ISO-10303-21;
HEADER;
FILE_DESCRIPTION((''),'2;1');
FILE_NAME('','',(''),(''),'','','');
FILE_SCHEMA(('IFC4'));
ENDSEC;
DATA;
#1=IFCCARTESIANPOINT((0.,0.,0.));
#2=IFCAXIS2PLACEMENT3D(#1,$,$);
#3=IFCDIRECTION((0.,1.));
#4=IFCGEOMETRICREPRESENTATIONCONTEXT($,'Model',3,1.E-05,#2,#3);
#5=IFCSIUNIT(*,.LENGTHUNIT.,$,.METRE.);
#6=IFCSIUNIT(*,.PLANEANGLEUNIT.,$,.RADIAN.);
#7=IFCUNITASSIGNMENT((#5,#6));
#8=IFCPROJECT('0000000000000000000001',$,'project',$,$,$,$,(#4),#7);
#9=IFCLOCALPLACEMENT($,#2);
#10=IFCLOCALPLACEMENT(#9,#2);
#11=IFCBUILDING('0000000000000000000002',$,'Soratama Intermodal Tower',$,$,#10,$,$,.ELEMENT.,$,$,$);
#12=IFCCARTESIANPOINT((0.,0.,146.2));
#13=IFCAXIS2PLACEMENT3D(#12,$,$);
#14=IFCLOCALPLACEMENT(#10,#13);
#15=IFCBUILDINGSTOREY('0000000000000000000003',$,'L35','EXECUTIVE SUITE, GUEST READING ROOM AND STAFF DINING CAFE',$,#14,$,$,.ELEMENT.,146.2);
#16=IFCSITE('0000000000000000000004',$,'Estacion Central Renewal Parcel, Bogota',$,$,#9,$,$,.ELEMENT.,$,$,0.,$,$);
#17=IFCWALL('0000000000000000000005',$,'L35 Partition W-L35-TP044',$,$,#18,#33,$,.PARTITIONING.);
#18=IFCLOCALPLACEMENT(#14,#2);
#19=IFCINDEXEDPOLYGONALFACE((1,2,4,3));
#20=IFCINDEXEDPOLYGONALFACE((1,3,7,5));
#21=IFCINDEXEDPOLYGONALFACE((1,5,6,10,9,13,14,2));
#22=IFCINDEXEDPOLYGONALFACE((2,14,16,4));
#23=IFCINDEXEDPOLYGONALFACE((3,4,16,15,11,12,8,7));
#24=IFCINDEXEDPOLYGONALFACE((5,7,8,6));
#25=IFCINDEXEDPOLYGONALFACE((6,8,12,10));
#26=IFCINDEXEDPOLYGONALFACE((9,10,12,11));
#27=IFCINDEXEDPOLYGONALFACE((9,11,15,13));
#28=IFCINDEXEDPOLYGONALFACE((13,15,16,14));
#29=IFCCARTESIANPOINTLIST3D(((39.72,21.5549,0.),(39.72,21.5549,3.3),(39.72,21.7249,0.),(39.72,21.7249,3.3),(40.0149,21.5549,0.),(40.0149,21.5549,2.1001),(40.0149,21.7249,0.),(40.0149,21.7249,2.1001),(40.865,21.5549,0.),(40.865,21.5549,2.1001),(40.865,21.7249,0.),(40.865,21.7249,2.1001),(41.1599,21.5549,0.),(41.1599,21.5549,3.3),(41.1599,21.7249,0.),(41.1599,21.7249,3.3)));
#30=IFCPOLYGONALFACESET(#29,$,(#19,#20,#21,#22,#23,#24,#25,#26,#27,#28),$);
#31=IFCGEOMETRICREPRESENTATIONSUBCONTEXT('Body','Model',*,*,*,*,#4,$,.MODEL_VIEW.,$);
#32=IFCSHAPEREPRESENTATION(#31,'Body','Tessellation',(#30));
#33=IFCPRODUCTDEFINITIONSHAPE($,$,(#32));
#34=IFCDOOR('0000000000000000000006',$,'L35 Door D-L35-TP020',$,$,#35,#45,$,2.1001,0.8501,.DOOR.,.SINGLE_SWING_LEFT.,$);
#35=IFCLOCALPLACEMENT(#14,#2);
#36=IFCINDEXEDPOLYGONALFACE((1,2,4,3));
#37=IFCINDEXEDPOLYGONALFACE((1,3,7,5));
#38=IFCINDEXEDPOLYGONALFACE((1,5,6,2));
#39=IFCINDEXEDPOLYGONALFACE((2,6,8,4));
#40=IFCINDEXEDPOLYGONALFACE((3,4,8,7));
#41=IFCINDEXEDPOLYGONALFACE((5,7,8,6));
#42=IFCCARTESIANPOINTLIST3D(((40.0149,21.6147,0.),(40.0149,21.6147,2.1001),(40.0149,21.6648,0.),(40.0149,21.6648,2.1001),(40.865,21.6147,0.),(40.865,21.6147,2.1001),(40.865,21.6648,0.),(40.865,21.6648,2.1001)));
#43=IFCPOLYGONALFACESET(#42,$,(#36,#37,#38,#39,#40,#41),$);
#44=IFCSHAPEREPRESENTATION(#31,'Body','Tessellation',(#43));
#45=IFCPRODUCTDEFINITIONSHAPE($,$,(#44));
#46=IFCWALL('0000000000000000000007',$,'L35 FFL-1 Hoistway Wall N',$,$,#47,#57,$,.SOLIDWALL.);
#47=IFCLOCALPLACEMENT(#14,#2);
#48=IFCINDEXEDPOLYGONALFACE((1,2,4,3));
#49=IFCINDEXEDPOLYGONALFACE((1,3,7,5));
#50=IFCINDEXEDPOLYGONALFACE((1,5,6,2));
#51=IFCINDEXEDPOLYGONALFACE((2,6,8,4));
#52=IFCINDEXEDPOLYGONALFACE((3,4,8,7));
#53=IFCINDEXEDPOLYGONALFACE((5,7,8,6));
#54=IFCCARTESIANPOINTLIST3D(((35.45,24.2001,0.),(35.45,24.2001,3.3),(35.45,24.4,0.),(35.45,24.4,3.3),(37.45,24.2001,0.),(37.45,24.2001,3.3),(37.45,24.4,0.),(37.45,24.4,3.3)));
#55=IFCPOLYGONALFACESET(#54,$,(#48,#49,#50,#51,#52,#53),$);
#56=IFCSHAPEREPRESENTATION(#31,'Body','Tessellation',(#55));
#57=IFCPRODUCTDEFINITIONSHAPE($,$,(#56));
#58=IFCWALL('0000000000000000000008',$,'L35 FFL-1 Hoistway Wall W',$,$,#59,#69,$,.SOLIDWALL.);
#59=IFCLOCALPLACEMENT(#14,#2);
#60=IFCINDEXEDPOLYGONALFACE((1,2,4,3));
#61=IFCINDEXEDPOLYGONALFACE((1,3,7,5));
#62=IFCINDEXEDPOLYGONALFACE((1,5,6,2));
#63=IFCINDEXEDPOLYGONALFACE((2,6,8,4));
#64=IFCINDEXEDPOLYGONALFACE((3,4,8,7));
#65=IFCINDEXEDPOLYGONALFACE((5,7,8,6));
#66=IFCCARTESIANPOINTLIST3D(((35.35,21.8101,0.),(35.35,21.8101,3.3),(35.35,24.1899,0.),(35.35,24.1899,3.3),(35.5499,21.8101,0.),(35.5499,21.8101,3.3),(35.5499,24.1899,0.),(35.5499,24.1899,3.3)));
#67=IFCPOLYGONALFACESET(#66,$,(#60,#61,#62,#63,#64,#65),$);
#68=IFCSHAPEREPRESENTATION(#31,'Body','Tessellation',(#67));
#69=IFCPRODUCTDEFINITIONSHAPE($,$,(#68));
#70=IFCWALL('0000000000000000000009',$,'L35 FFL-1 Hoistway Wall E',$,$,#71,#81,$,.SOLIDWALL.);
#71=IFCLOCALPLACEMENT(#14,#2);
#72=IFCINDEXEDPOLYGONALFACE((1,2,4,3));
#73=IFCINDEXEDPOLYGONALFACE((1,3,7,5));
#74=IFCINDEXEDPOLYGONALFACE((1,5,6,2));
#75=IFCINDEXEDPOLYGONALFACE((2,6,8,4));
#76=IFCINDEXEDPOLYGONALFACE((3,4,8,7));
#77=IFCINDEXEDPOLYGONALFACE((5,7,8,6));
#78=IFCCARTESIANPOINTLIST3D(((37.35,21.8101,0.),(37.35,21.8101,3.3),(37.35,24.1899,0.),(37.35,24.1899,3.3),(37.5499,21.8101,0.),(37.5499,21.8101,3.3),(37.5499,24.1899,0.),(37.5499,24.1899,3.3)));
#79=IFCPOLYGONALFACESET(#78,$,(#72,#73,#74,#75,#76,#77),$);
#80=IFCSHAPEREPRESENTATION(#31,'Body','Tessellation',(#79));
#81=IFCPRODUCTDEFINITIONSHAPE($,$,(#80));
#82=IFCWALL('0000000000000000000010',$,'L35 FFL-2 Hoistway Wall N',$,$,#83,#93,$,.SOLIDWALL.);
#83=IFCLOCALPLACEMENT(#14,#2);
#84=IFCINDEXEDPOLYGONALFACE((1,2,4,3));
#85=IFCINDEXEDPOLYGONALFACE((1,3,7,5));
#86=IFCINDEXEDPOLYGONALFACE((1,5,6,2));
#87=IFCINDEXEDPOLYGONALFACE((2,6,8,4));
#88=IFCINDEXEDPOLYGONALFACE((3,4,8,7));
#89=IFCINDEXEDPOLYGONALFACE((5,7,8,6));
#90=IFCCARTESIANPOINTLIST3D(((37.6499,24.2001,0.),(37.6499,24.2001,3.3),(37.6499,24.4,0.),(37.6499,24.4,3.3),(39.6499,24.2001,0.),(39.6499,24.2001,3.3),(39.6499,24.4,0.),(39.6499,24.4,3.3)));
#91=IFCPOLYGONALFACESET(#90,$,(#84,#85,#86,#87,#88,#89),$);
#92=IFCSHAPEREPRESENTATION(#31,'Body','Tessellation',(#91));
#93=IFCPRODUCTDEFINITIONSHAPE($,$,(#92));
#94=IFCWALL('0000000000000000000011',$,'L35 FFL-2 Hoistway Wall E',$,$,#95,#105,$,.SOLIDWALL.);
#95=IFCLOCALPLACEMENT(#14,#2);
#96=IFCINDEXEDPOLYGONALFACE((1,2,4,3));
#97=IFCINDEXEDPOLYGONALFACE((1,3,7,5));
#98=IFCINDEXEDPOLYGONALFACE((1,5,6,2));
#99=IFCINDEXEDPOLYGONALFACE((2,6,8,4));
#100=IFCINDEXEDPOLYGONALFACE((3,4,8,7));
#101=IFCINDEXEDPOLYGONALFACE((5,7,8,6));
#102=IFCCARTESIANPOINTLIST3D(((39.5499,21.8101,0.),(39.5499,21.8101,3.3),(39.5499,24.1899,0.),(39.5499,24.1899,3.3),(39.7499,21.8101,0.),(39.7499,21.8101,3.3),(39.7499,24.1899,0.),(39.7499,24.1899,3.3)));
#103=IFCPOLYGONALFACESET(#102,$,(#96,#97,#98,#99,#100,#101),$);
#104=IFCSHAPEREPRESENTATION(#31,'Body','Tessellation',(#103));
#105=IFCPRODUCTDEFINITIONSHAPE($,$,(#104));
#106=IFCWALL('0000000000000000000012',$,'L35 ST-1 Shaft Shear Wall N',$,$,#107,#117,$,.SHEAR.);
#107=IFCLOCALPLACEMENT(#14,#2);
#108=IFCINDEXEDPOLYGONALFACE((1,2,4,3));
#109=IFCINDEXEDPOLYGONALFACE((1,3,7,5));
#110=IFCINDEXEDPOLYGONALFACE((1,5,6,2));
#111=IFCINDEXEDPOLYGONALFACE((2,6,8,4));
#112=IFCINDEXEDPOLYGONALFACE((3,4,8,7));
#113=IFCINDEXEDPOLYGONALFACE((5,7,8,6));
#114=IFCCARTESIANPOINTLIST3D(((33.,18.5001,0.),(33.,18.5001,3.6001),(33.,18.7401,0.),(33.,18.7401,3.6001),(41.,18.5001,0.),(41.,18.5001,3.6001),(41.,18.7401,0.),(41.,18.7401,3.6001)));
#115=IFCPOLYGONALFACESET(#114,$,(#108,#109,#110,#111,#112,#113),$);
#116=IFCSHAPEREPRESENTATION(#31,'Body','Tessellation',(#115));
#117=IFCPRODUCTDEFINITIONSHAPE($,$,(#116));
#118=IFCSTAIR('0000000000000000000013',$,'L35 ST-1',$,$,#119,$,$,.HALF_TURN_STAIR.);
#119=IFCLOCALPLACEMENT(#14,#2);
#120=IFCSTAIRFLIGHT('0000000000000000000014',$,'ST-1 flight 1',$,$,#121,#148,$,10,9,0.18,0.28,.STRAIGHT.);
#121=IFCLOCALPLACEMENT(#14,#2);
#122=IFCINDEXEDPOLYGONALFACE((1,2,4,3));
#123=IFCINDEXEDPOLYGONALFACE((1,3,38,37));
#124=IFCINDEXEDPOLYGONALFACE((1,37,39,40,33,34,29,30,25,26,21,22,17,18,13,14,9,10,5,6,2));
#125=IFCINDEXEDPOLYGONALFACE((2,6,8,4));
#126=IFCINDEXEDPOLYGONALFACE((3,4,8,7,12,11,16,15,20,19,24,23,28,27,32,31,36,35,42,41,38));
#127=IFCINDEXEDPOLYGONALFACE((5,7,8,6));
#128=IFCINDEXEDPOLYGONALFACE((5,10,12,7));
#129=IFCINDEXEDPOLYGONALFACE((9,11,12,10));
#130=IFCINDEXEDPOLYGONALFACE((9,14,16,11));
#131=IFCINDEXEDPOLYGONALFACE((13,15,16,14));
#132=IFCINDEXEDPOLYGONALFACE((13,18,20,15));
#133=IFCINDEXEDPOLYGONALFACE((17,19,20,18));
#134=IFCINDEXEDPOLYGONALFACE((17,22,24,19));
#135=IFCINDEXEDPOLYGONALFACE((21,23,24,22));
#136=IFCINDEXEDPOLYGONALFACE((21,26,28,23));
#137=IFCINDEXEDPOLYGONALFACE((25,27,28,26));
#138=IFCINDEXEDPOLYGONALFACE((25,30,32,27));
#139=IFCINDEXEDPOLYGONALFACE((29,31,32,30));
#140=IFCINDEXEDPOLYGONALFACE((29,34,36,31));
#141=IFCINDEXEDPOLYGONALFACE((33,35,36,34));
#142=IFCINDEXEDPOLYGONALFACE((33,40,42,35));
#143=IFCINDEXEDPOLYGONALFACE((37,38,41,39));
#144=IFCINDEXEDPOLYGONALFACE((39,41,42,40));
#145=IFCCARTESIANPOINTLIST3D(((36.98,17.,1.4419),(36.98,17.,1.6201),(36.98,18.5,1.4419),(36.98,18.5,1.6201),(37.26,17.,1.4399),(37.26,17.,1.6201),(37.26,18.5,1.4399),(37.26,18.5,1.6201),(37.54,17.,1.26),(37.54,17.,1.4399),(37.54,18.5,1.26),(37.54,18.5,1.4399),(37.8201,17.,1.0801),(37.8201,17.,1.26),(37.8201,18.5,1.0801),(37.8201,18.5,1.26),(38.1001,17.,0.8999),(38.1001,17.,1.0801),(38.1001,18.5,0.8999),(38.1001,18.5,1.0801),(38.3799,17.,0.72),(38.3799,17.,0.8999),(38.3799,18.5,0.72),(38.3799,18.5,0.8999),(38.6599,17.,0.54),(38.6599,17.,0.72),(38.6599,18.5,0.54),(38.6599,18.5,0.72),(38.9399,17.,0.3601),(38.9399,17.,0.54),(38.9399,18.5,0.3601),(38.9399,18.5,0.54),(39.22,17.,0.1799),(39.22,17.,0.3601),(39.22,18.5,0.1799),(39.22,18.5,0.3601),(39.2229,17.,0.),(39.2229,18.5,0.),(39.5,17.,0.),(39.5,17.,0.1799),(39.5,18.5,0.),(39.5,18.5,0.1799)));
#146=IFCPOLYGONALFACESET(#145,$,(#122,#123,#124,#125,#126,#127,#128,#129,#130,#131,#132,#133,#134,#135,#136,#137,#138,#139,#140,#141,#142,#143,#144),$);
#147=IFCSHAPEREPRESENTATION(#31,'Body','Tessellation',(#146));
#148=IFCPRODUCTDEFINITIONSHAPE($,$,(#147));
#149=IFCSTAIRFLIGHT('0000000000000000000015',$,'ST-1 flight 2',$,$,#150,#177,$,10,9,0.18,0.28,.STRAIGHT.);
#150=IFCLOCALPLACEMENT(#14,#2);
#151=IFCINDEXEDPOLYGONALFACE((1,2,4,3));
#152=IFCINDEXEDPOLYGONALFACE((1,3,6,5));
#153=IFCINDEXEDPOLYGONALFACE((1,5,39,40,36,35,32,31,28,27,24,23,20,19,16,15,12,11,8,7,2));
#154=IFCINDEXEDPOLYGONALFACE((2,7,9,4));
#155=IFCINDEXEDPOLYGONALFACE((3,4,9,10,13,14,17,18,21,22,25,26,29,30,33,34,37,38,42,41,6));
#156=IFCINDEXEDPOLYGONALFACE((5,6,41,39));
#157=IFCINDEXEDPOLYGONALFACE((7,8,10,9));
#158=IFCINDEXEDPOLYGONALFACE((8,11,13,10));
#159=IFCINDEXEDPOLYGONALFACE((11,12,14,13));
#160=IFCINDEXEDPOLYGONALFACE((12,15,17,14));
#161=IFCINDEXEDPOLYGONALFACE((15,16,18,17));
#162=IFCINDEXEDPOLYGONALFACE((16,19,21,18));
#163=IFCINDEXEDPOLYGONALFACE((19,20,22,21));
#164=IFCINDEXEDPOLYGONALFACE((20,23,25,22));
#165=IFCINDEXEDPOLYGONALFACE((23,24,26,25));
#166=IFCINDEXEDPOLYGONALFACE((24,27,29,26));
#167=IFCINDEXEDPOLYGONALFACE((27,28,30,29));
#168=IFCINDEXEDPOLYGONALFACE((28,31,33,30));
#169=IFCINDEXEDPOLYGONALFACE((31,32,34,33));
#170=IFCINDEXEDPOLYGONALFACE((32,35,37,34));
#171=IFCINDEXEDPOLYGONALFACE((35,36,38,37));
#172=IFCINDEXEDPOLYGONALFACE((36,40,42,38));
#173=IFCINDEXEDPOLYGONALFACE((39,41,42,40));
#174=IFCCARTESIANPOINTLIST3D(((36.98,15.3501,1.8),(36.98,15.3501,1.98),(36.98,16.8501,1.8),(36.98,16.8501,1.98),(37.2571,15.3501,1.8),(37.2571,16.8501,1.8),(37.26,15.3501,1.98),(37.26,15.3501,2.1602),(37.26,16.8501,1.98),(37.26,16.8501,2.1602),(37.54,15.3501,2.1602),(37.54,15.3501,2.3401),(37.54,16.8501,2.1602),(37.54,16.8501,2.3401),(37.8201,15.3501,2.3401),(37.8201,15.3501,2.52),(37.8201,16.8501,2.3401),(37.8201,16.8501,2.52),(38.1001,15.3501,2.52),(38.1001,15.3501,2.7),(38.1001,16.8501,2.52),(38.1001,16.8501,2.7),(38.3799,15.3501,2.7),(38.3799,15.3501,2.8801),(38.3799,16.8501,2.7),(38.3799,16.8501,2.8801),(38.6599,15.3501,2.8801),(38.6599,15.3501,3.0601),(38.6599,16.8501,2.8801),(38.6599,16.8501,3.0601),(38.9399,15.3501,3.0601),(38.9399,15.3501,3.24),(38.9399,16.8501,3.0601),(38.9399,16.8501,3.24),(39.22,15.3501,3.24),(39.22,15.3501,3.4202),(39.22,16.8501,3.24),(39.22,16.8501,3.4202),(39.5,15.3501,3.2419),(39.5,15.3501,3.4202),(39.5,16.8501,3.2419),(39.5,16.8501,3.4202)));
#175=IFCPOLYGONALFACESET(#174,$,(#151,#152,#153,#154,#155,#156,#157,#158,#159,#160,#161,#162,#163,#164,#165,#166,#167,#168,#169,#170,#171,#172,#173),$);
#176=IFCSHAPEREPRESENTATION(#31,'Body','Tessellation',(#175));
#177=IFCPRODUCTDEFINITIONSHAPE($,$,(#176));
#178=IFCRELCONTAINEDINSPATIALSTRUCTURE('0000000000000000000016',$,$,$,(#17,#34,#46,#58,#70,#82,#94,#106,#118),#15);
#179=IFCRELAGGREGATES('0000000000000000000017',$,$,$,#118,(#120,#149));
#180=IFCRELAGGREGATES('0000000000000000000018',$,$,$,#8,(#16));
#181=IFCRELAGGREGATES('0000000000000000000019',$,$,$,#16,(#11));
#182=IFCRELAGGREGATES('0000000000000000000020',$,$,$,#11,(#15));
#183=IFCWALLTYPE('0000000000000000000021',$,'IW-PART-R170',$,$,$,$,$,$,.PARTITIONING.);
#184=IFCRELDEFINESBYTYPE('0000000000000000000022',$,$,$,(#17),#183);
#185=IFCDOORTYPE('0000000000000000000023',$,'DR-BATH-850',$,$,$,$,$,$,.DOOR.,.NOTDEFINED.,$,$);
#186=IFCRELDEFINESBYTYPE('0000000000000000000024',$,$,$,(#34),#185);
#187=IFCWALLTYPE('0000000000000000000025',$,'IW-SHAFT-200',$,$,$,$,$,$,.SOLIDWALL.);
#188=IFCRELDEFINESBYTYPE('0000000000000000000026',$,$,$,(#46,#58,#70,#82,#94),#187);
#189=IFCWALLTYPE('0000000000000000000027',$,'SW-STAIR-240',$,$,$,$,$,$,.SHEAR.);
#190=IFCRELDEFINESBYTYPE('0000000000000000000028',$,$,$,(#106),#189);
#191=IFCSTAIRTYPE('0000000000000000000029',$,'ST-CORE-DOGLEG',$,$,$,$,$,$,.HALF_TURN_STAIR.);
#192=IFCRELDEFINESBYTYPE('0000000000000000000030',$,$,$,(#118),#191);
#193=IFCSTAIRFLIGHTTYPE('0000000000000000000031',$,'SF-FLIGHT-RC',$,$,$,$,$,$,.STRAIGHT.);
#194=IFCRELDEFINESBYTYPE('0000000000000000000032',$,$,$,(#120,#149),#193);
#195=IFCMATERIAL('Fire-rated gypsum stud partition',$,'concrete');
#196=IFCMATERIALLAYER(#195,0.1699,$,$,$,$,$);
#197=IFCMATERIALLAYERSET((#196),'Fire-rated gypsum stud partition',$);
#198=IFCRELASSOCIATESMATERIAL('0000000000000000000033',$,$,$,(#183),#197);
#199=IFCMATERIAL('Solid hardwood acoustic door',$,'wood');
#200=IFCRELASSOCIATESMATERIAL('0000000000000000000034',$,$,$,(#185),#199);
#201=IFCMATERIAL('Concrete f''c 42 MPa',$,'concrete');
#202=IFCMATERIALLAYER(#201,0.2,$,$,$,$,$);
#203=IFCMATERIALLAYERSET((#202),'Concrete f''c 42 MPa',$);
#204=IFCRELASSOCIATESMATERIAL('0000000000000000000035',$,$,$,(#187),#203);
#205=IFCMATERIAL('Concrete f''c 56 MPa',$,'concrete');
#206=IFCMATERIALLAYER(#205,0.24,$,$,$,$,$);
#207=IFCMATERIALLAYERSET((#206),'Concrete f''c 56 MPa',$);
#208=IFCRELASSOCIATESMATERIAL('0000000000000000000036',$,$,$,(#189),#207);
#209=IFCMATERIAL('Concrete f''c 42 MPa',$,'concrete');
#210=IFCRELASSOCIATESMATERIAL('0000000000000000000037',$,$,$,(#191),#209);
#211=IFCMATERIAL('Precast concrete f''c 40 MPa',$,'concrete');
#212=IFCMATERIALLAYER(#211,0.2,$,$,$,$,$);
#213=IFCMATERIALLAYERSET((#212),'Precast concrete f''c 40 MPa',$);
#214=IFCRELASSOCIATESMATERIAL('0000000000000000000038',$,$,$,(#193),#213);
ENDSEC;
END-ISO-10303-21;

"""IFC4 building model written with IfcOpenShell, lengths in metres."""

from ifc_helpers import new_model, si_unit, direction, frame, frame_2d, origin, place, context, subcontext, project, spatial, polyline, rectangle, outline, extrude, material, layer, layer_set, type_object, element, fill, aggregate, save


model = new_model("IFC4")

# Units and contexts
model_context = context("Model", 3, precision=1e-05, world=origin(), true_north=direction((0.0, 1.0)))
body_context = subcontext(model_context, "Body", "Model", "MODEL_VIEW")
ifc_project = project(units=[si_unit("LENGTHUNIT", "METRE"), si_unit("PLANEANGLEUNIT", "RADIAN")], contexts=[model_context])

# Site, building, storey
site_placement = place(None, origin())
site = spatial("IfcSite", under=ifc_project, at=site_placement, Name="Estacion Central Renewal Parcel, Bogota", CompositionType="ELEMENT", RefElevation=0.0)
building_placement = place(site_placement, origin())
building = spatial("IfcBuilding", under=site, at=building_placement, Name="Soratama Intermodal Tower", CompositionType="ELEMENT")
storey_placement = place(building_placement, frame((0.0, 0.0, 146.2)))
storey = spatial("IfcBuildingStorey", under=building, at=storey_placement, Name="L35", Description="EXECUTIVE SUITE, GUEST READING ROOM AND STAFF DINING CAFE", CompositionType="ELEMENT", Elevation=146.2)

# Wall, opening, door
ifc_material_1 = material(Name="Fire-rated gypsum stud partition", Category="concrete")
ifc_layer_1 = layer(ifc_material_1, 0.1699)
ifc_layer_set_1 = layer_set([ifc_layer_1], Name="Fire-rated gypsum stud partition")
wall_type_1 = type_object("IfcWallType", Name="IW-PART-R170", PredefinedType="PARTITIONING", material=ifc_layer_set_1)
wall_1_placement = place(storey_placement, frame((39.72, 21.6399, 0.0), z_axis=(0.0, 0.0, 1.0), x_axis=(1.0, 0.0, 0.0)))
wall_1 = element("IfcWall", 1, at=wall_1_placement, inside=storey, type_object=wall_type_1, Name="L35 Partition W-L35-TP044", PredefinedType="PARTITIONING", context=body_context, shape_type="SweptSolid", body=[
    extrude(rectangle(XDim=1.4399, YDim=0.1699, at=frame_2d((0.72, 0.0))), origin(), (0.0, 0.0, 1.0), 3.3),
])
opening_1_placement = place(wall_1_placement, frame((0.2949, 0.0, 0.0)))
opening_1 = element("IfcOpeningElement", 2, at=opening_1_placement, cuts=wall_1, PredefinedType="OPENING", context=body_context, shape_type="SweptSolid", body=[
    extrude(rectangle(XDim=0.8501, YDim=2.1001, at=frame_2d((0.425, 1.05))), frame((0.0, 0.095, 0.0), z_axis=(0.0, -1.0, 0.0), x_axis=(1.0, 0.0, 0.0)), (0.0, 0.0, 1.0), 0.1899),
])
ifc_material_2 = material(Name="Solid hardwood acoustic door", Category="wood")
door_type_1 = type_object("IfcDoorType", Name="DR-BATH-850", OperationType="NOTDEFINED", PredefinedType="DOOR", material=ifc_material_2)
door_1_placement = place(opening_1_placement, origin())
door_1 = element("IfcDoor", 3, at=door_1_placement, inside=storey, type_object=door_type_1, Name="L35 Door D-L35-TP020", OperationType="SINGLE_SWING_LEFT", OverallHeight=2.1001, OverallWidth=0.8501, PredefinedType="DOOR", context=body_context, shape_type="SweptSolid", body=[
    extrude(rectangle(XDim=0.8501, YDim=2.1001, at=frame_2d((0.425, 1.05))), frame((0.0, 0.0249, 0.0), z_axis=(0.0, -1.0, 0.0), x_axis=(1.0, 0.0, 0.0)), (0.0, 0.0, 1.0), 0.05),
])
fill(opening_1, door_1)
ifc_material_3 = material(Name="Concrete f'c 42 MPa", Category="concrete")
ifc_layer_2 = layer(ifc_material_3, 0.2)
ifc_layer_set_2 = layer_set([ifc_layer_2], Name="Concrete f'c 42 MPa")
wall_type_2 = type_object("IfcWallType", Name="IW-SHAFT-200", PredefinedType="SOLIDWALL", material=ifc_layer_set_2)

# Walls
wall_2_placement = place(storey_placement, frame((35.45, 24.3, 0.0), z_axis=(0.0, 0.0, 1.0), x_axis=(1.0, 0.0, 0.0)))
element("IfcWall", 4, at=wall_2_placement, inside=storey, type_object=wall_type_2, Name="L35 FFL-1 Hoistway Wall N", PredefinedType="SOLIDWALL", context=body_context, shape_type="SweptSolid", body=[
    extrude(rectangle(XDim=2.0, YDim=0.2, at=frame_2d((1.0, 0.0))), origin(), (0.0, 0.0, 1.0), 3.3),
])
for number, where, z_axis, x_axis, name in (
    (5, (35.45, 21.8101, 0.0), (0.0, 0.0, 1.0), (0.0, 1.0, 0.0), "L35 FFL-1 Hoistway Wall W"),
    (6, (37.45, 21.8101, 0.0), (0.0, 0.0, 1.0), (0.0, 1.0, 0.0), "L35 FFL-1 Hoistway Wall E"),
):
    element("IfcWall", number, at=place(storey_placement, frame(where, z_axis=z_axis, x_axis=x_axis)), inside=storey, type_object=wall_type_2, Name=name, PredefinedType="SOLIDWALL", context=body_context, shape_type="SweptSolid", body=[
        extrude(rectangle(XDim=2.3799, YDim=0.2, at=frame_2d((1.1899, 0.0))), origin(), (0.0, 0.0, 1.0), 3.3),
    ])

# Walls
wall_3_placement = place(storey_placement, frame((37.6499, 24.3, 0.0), z_axis=(0.0, 0.0, 1.0), x_axis=(1.0, 0.0, 0.0)))
element("IfcWall", 7, at=wall_3_placement, inside=storey, type_object=wall_type_2, Name="L35 FFL-2 Hoistway Wall N", PredefinedType="SOLIDWALL", context=body_context, shape_type="SweptSolid", body=[
    extrude(rectangle(XDim=2.0, YDim=0.2, at=frame_2d((1.0, 0.0))), origin(), (0.0, 0.0, 1.0), 3.3),
])
wall_4_placement = place(storey_placement, frame((39.6499, 21.8101, 0.0), z_axis=(0.0, 0.0, 1.0), x_axis=(0.0, 1.0, 0.0)))
element("IfcWall", 8, at=wall_4_placement, inside=storey, type_object=wall_type_2, Name="L35 FFL-2 Hoistway Wall E", PredefinedType="SOLIDWALL", context=body_context, shape_type="SweptSolid", body=[
    extrude(rectangle(XDim=2.3799, YDim=0.2, at=frame_2d((1.1899, 0.0))), origin(), (0.0, 0.0, 1.0), 3.3),
])

# Wall
ifc_material_4 = material(Name="Concrete f'c 56 MPa", Category="concrete")
ifc_layer_3 = layer(ifc_material_4, 0.24)
ifc_layer_set_3 = layer_set([ifc_layer_3], Name="Concrete f'c 56 MPa")
wall_type_3 = type_object("IfcWallType", Name="SW-STAIR-240", PredefinedType="SHEAR", material=ifc_layer_set_3)
wall_5_placement = place(storey_placement, frame((33.0, 18.6201, 0.0), z_axis=(0.0, 0.0, 1.0), x_axis=(1.0, 0.0, 0.0)))
element("IfcWall", 9, at=wall_5_placement, inside=storey, type_object=wall_type_3, Name="L35 ST-1 Shaft Shear Wall N", PredefinedType="SHEAR", context=body_context, shape_type="SweptSolid", body=[
    extrude(rectangle(XDim=8.0, YDim=0.24, at=frame_2d((4.0, 0.0))), origin(), (0.0, 0.0, 1.0), 3.6001),
])

# Stair, stair flights
ifc_material_5 = material(Name="Concrete f'c 42 MPa", Category="concrete")
stair_type = type_object("IfcStairType", Name="ST-CORE-DOGLEG", PredefinedType="HALF_TURN_STAIR", material=ifc_material_5)
stair_placement = place(storey_placement, origin())
stair = element("IfcStair", 10, at=stair_placement, inside=storey, type_object=stair_type, Name="L35 ST-1", PredefinedType="HALF_TURN_STAIR")
ifc_material_6 = material(Name="Precast concrete f'c 40 MPa", Category="concrete")
ifc_layer_4 = layer(ifc_material_6, 0.2)
ifc_layer_set_4 = layer_set([ifc_layer_4], Name="Precast concrete f'c 40 MPa")
stair_flight_type = type_object("IfcStairFlightType", Name="SF-FLIGHT-RC", PredefinedType="STRAIGHT", material=ifc_layer_set_4)
stair_flight_1_placement = place(storey_placement, frame((39.5, 17.75, 0.0), z_axis=(0.0, 0.0, 1.0), x_axis=(-1.0, 0.0, 0.0)))
stair_flight_1 = element("IfcStairFlight", 11, at=stair_flight_1_placement, type_object=stair_flight_type, Name="ST-1 flight 1", NumberOfRisers=10, NumberOfTreads=9, PredefinedType="STRAIGHT", RiserHeight=0.18, TreadLength=0.28, context=body_context, shape_type="SweptSolid", body=[
    extrude(outline(polyline([(0.0, 0.0), (0.0, 0.1799), (0.28, 0.1799), (0.28, 0.3601), (0.5601, 0.3601), (0.5601, 0.54), (0.8401, 0.54), (0.8401, 0.72), (1.1201, 0.72), (1.1201, 0.8999), (1.3999, 0.8999), (1.3999, 1.0801), (1.6799, 1.0801), (1.6799, 1.26), (1.96, 1.26), (1.96, 1.4399), (2.24, 1.4399), (2.24, 1.6201), (2.52, 1.6201), (2.52, 1.8), (2.52, 1.4419), (0.2771, 0.0), (0.0, 0.0)])), frame((0.0, 0.75, 0.0), z_axis=(0.0, -1.0, 0.0), x_axis=(1.0, 0.0, 0.0)), (0.0, 0.0, 1.0), 1.5),
])
stair_flight_2_placement = place(storey_placement, frame((36.98, 16.1001, 1.8), z_axis=(0.0, 0.0, 1.0), x_axis=(1.0, 0.0, 0.0)))
stair_flight_2 = element("IfcStairFlight", 12, at=stair_flight_2_placement, type_object=stair_flight_type, Name="ST-1 flight 2", NumberOfRisers=10, NumberOfTreads=9, PredefinedType="STRAIGHT", RiserHeight=0.18, TreadLength=0.28, context=body_context, shape_type="SweptSolid", body=[
    extrude(outline(polyline([(0.0, 0.0), (0.0, 0.1799), (0.28, 0.1799), (0.28, 0.3601), (0.5601, 0.3601), (0.5601, 0.54), (0.8401, 0.54), (0.8401, 0.72), (1.1201, 0.72), (1.1201, 0.8999), (1.3999, 0.8999), (1.3999, 1.0801), (1.6799, 1.0801), (1.6799, 1.26), (1.96, 1.26), (1.96, 1.4399), (2.24, 1.4399), (2.24, 1.6201), (2.52, 1.6201), (2.52, 1.8), (2.52, 1.4419), (0.2771, 0.0), (0.0, 0.0)])), frame((0.0, 0.75, 0.0), z_axis=(0.0, -1.0, 0.0), x_axis=(1.0, 0.0, 0.0)), (0.0, 0.0, 1.0), 1.5),
])
aggregate(stair, [stair_flight_1, stair_flight_2])

save(model, "model.ifc")
